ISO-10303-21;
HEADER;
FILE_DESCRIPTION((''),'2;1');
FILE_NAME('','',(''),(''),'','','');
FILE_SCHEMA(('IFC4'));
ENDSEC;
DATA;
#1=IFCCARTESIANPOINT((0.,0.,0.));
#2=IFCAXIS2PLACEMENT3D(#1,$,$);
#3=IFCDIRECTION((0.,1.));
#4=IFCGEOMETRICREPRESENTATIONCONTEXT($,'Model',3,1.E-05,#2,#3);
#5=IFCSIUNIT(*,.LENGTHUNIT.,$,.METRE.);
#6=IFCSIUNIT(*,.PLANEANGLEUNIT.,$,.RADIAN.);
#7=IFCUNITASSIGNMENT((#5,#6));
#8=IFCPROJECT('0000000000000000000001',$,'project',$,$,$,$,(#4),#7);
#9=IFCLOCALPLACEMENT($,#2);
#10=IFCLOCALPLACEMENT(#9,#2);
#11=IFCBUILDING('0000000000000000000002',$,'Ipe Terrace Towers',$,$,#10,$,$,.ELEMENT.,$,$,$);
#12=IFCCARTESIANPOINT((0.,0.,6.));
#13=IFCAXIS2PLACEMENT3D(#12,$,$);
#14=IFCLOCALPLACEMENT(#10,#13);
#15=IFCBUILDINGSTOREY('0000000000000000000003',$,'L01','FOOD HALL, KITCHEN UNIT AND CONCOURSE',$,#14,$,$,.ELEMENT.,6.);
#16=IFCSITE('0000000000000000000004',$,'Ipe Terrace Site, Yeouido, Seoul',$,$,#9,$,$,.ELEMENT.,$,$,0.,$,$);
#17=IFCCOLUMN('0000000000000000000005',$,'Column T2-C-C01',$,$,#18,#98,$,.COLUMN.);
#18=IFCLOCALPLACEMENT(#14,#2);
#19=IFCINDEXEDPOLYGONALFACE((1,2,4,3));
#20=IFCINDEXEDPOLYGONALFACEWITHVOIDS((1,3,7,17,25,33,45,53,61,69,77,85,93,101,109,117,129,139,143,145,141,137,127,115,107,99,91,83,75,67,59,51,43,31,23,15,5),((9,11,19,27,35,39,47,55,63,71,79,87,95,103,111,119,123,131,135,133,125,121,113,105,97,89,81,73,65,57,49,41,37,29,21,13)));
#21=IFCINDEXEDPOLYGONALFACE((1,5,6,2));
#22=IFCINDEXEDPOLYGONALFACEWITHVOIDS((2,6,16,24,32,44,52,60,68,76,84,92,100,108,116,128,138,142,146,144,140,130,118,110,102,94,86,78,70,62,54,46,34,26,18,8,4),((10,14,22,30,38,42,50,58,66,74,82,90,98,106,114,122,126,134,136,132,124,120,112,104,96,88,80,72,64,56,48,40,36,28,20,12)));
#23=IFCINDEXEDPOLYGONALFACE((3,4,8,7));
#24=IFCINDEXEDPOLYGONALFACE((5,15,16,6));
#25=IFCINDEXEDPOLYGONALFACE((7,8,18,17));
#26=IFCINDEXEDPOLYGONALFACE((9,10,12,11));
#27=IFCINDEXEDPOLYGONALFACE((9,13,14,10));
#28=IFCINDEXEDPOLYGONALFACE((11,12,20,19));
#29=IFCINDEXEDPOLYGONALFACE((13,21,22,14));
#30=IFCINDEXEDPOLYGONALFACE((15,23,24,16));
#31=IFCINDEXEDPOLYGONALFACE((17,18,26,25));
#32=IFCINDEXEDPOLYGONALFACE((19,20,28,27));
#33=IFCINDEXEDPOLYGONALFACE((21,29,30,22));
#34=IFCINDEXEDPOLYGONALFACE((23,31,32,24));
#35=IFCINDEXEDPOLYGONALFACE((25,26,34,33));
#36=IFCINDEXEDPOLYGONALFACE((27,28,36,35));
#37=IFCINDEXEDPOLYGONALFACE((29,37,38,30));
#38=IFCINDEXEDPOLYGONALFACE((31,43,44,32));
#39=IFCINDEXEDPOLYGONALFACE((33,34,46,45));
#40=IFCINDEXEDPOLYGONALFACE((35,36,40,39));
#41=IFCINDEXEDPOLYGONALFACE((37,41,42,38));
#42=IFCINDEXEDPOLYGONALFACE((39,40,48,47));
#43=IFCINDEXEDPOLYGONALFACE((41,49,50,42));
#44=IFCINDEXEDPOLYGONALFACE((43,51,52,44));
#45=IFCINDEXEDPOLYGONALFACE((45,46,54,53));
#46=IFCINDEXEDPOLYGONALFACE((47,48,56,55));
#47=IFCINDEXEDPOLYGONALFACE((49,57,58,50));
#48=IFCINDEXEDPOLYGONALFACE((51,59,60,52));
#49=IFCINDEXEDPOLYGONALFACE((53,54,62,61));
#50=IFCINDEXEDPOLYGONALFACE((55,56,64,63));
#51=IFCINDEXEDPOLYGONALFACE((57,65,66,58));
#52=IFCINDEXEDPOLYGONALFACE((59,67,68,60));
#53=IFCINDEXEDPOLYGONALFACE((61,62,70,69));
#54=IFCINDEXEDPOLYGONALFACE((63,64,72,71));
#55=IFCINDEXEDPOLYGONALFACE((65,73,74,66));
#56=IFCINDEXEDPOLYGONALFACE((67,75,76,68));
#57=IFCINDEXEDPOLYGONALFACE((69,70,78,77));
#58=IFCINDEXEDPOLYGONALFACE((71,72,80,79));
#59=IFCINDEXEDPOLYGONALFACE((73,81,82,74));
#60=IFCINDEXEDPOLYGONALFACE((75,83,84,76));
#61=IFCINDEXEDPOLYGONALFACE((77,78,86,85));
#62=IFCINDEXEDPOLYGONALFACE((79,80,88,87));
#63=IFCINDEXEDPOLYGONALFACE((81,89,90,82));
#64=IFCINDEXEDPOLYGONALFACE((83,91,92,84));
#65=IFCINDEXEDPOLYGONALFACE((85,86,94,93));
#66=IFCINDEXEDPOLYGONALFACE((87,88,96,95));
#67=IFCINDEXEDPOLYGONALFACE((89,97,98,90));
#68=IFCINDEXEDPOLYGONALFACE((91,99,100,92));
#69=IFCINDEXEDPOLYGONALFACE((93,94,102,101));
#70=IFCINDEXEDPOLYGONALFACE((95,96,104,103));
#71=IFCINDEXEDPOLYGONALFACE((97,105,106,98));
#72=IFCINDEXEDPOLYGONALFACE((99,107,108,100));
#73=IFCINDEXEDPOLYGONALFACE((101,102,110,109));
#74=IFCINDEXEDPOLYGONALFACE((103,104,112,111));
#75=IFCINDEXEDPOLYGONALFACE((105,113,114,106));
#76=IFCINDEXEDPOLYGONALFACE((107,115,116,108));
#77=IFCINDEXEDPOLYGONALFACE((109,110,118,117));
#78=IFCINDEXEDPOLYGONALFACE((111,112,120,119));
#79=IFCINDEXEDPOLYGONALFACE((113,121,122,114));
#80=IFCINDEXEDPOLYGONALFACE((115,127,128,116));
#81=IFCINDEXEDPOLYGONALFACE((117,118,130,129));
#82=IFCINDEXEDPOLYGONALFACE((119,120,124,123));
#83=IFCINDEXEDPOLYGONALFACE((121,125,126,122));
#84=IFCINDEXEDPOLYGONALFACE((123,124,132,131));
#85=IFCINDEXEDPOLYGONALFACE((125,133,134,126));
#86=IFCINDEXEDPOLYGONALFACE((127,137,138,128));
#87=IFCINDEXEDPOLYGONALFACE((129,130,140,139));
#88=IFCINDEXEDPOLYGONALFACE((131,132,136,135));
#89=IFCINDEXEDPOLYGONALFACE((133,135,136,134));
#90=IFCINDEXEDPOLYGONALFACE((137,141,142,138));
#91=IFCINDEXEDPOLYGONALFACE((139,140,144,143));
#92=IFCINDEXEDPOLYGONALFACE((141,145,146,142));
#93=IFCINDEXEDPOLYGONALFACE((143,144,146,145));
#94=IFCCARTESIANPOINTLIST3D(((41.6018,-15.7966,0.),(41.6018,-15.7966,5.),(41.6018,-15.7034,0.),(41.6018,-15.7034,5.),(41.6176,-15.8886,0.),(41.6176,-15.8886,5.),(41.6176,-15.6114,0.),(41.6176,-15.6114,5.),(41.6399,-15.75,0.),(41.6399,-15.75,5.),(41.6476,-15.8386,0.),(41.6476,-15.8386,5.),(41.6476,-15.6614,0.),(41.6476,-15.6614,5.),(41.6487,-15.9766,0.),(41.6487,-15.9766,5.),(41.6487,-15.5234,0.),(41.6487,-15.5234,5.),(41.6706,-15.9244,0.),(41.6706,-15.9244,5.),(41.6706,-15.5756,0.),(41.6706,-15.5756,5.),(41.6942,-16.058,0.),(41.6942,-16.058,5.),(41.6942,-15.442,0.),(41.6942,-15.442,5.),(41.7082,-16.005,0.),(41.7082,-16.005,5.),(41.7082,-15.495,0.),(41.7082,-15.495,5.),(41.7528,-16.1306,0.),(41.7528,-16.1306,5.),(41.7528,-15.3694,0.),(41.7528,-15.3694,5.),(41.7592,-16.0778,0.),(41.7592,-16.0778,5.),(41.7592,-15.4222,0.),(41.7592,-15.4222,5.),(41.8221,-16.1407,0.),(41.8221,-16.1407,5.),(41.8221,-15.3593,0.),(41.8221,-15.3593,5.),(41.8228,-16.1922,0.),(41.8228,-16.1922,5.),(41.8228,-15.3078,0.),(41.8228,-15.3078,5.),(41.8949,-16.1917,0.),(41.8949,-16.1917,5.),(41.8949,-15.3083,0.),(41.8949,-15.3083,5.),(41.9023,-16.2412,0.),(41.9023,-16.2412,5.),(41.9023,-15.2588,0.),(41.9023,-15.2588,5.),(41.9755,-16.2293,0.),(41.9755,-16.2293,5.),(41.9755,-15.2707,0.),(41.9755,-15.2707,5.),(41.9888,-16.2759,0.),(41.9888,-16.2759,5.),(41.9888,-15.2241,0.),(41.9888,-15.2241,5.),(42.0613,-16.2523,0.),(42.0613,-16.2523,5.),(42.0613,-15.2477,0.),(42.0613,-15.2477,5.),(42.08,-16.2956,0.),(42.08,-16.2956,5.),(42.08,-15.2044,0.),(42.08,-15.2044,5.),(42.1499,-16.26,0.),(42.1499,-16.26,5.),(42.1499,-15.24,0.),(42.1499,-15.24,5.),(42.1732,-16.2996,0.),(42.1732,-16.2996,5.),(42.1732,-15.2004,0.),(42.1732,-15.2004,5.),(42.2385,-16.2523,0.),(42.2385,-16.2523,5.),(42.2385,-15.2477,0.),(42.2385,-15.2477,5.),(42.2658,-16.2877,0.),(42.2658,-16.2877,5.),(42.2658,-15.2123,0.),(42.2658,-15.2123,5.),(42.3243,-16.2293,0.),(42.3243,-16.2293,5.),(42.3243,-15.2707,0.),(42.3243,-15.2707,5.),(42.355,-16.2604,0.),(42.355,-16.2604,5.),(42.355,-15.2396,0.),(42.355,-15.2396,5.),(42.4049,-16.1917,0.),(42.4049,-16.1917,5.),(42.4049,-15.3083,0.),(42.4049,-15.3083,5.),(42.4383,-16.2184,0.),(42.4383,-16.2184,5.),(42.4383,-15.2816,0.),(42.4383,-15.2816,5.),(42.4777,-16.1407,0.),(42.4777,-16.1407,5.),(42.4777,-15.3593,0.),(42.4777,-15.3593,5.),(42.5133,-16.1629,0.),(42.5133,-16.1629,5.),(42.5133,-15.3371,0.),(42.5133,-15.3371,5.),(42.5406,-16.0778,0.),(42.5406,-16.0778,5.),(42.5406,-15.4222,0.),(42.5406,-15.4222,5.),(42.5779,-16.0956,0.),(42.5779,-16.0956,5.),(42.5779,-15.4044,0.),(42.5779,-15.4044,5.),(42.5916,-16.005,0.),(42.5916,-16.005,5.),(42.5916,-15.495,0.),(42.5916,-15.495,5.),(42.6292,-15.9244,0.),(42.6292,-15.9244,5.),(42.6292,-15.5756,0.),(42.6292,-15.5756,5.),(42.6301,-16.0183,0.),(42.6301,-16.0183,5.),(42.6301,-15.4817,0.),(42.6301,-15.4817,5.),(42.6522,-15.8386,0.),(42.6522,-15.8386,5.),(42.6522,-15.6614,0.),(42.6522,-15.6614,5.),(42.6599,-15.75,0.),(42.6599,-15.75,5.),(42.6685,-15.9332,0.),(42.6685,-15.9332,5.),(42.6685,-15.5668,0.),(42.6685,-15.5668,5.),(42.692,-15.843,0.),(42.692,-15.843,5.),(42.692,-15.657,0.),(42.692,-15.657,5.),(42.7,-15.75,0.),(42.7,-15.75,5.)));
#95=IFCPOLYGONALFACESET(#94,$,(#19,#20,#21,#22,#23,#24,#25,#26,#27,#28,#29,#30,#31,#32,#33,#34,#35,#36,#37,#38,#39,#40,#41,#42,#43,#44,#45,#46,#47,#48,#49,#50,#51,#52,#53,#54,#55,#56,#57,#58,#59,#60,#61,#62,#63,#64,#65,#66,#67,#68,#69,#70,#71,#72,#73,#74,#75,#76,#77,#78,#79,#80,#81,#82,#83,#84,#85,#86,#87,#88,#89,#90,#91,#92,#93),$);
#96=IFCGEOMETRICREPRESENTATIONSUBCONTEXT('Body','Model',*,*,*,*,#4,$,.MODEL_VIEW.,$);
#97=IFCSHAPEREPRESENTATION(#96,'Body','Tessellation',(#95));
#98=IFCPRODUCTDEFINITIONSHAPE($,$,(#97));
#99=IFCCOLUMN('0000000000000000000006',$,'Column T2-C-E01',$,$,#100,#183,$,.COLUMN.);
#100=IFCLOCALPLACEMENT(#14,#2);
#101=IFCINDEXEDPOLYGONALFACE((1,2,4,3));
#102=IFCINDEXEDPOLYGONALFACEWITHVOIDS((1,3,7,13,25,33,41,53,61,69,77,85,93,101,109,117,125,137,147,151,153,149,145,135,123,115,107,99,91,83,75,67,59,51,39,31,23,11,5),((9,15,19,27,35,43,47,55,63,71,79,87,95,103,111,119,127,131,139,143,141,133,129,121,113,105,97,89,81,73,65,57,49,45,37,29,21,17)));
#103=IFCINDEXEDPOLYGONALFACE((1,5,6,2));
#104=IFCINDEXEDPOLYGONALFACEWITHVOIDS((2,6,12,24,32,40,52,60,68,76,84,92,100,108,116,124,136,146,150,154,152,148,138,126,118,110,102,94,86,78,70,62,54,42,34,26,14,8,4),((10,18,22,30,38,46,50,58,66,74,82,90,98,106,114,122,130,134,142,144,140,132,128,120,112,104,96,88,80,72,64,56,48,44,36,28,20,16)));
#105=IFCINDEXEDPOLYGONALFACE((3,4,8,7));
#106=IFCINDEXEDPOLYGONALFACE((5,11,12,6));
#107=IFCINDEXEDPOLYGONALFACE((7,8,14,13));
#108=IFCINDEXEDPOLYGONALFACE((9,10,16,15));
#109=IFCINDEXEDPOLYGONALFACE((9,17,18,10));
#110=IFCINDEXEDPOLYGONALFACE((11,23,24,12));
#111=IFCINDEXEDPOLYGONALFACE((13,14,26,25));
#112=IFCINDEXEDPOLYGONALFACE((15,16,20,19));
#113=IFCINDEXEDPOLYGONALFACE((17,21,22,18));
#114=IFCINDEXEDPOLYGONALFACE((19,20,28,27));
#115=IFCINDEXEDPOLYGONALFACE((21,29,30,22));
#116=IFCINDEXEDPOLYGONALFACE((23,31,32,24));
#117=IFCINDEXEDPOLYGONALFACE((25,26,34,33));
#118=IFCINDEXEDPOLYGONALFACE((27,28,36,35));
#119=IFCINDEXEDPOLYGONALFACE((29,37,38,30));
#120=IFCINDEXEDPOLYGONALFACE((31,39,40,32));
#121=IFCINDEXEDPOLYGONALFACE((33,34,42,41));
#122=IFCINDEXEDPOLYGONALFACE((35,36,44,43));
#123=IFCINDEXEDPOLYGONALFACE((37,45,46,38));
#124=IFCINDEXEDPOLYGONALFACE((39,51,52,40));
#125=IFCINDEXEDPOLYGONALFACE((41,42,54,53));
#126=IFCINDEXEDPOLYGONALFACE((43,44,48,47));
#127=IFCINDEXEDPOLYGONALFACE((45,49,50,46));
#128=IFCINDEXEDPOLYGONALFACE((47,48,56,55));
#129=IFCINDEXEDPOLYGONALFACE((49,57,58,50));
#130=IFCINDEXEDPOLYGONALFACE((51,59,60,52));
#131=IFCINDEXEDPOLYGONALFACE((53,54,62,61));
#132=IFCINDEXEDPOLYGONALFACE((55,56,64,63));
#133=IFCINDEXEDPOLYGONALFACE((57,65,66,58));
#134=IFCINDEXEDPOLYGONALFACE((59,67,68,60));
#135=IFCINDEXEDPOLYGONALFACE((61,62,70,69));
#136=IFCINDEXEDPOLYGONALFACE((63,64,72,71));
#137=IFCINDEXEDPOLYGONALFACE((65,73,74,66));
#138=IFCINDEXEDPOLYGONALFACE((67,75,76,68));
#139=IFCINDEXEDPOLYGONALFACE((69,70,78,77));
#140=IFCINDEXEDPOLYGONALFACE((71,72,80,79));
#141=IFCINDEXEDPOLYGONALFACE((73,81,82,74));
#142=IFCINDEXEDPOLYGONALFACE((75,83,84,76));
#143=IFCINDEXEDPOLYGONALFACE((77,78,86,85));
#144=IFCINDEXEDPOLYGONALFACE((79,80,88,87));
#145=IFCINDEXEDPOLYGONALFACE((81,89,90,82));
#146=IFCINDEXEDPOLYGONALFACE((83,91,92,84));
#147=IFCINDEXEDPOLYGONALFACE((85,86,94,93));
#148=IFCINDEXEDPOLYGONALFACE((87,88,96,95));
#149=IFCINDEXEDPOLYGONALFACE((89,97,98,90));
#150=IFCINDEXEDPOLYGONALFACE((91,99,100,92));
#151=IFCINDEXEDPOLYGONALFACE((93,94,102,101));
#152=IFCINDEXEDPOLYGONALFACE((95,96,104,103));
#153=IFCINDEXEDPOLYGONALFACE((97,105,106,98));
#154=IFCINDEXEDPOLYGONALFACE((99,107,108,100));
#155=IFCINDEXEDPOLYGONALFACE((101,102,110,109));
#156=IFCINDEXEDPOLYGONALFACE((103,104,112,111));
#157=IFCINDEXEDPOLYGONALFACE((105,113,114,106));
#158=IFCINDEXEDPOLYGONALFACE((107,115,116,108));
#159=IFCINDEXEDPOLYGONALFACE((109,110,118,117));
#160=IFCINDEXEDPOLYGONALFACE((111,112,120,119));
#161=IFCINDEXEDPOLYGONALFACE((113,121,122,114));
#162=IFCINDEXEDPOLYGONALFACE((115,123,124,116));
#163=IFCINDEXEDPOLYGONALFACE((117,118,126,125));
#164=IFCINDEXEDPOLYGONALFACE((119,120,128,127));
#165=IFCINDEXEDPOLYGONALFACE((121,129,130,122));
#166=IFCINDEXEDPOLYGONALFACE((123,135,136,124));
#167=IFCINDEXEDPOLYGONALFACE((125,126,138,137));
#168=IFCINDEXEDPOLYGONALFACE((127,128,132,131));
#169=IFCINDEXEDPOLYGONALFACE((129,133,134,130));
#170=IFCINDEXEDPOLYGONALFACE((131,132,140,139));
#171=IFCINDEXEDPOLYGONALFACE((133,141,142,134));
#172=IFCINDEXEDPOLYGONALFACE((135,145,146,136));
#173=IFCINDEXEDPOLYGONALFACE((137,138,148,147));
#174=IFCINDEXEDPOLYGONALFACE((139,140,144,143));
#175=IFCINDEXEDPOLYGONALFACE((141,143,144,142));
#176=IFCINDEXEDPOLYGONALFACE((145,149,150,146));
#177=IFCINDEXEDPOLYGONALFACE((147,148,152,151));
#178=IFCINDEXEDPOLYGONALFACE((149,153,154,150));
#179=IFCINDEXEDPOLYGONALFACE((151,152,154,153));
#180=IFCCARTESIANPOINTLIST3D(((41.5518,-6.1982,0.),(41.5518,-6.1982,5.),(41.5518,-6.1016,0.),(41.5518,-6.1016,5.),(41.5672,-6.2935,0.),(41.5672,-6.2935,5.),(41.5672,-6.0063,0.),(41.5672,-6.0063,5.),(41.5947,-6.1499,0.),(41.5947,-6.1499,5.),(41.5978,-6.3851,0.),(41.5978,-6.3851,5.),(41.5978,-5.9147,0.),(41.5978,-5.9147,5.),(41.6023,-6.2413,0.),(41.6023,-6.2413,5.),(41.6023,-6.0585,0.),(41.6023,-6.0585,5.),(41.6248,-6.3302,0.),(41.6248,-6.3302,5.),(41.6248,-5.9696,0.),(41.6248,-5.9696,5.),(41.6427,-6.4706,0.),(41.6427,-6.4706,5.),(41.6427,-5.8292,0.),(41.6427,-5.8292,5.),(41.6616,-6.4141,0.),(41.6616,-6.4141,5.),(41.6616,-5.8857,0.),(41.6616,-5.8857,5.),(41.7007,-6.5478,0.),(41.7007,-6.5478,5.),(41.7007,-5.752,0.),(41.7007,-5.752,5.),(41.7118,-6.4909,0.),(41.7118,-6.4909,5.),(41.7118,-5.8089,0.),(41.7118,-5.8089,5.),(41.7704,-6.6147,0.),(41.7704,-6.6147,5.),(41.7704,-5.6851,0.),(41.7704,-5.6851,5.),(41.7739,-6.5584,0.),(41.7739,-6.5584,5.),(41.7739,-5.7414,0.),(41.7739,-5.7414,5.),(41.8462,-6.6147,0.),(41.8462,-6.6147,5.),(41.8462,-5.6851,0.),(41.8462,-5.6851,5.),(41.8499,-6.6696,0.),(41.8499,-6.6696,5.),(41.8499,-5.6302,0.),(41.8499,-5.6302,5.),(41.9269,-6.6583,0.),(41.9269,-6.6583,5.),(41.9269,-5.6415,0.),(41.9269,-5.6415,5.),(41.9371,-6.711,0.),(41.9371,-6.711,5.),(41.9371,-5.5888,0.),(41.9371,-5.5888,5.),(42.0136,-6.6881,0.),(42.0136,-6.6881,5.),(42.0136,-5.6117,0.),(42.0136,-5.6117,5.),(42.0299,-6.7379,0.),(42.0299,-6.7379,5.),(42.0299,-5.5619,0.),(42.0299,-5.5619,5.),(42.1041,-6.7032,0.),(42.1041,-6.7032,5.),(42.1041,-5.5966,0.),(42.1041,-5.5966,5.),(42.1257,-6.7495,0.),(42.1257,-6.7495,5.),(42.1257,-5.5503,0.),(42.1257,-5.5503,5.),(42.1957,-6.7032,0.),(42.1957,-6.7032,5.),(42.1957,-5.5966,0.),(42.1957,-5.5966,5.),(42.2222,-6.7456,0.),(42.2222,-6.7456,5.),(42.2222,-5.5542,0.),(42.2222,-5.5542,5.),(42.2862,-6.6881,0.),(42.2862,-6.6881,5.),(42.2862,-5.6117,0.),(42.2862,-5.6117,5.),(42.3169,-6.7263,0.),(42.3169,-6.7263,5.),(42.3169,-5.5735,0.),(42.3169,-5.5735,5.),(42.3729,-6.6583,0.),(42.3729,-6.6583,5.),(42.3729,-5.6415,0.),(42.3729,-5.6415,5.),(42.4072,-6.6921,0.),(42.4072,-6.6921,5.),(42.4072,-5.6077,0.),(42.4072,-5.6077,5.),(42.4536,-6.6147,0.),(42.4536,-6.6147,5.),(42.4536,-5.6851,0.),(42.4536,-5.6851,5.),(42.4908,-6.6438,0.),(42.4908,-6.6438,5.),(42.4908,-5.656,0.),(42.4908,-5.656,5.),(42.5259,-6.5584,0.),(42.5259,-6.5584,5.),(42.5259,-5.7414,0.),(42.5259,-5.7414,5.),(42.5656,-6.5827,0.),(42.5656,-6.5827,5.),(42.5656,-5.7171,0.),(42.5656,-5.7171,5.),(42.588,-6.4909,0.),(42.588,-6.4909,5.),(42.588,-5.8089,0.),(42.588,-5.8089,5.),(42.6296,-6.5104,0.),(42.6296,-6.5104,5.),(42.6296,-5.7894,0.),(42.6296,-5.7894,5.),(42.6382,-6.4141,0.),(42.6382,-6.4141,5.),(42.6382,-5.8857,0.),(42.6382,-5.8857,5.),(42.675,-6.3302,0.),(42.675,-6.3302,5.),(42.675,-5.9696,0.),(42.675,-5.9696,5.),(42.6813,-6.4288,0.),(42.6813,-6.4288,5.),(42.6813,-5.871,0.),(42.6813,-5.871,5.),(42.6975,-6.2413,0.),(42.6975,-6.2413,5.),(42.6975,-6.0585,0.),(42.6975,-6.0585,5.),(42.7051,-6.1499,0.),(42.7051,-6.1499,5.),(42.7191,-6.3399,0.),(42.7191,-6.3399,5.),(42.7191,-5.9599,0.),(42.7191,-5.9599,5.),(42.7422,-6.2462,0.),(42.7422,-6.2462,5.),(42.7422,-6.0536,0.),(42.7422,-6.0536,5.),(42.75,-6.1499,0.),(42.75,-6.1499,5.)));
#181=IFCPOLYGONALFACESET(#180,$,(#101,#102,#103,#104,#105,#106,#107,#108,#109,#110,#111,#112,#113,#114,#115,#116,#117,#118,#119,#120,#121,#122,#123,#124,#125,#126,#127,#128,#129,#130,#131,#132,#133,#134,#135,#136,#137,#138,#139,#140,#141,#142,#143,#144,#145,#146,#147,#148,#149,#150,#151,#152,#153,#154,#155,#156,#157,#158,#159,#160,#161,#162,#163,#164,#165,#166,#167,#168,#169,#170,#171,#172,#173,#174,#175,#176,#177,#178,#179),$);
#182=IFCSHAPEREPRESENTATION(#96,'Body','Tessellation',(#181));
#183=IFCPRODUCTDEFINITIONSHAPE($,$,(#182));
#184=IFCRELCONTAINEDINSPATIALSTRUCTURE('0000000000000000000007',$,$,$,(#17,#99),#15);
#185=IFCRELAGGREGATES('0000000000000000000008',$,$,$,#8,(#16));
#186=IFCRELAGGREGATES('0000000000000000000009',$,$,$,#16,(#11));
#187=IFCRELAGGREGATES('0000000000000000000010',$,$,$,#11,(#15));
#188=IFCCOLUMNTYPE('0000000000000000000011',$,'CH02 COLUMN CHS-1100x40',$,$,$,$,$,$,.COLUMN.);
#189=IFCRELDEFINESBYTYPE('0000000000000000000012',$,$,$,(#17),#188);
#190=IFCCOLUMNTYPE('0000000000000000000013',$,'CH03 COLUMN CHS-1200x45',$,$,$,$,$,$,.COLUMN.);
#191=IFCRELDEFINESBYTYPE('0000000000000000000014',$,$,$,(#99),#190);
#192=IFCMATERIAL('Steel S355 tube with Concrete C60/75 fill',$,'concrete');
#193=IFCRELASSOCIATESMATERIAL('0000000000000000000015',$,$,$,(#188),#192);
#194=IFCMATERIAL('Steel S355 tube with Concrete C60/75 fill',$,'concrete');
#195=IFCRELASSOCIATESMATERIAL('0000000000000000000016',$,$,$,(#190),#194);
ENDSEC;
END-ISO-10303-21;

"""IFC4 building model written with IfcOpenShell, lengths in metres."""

from ifc_helpers import new_model, si_unit, direction, frame, origin, origin_2d, place, context, subcontext, project, spatial, hollow_circle, extrude, material, material_profile, profile_set, type_object, element, save


model = new_model("IFC4")

# Units and contexts
model_context = context("Model", 3, precision=1e-05, world=origin(), true_north=direction((0.0, 1.0)))
body_context = subcontext(model_context, "Body", "Model", "MODEL_VIEW")
ifc_project = project(units=[si_unit("LENGTHUNIT", "METRE"), si_unit("PLANEANGLEUNIT", "RADIAN")], contexts=[model_context])

# Site, building, storey
site_placement = place(None, origin())
site = spatial("IfcSite", under=ifc_project, at=site_placement, Name="Ipe Terrace Site, Yeouido, Seoul", CompositionType="ELEMENT", RefElevation=0.0)
building_placement = place(site_placement, origin())
building = spatial("IfcBuilding", under=site, at=building_placement, Name="Ipe Terrace Towers", CompositionType="ELEMENT")
storey_placement = place(building_placement, frame((0.0, 0.0, 6.0)))
storey = spatial("IfcBuildingStorey", under=building, at=storey_placement, Name="L01", Description="FOOD HALL, KITCHEN UNIT AND CONCOURSE", CompositionType="ELEMENT", Elevation=6.0)

# Columns
ifc_material_1 = material(Name="Steel S355 tube with Concrete C60/75 fill", Category="concrete")
ifc_material_profile_1 = material_profile(ifc_material_1, hollow_circle(Radius=0.55, WallThickness=0.04, at=origin_2d()), Name="CHS-1100x40")
ifc_profile_set_1 = profile_set([ifc_material_profile_1], Name="Steel S355 tube with Concrete C60/75 fill")
column_type_1 = type_object("IfcColumnType", Name="CH02 COLUMN CHS-1100x40", PredefinedType="COLUMN", material=ifc_profile_set_1)
column_1_placement = place(storey_placement, frame((42.1499, -15.75, 0.0), z_axis=(0.0, 0.0, 1.0), x_axis=(1.0, 0.0, 0.0)))
element("IfcColumn", 1, at=column_1_placement, inside=storey, type_object=column_type_1, Name="Column T2-C-C01", PredefinedType="COLUMN", context=body_context, shape_type="SweptSolid", body=[
    extrude(hollow_circle(Radius=0.55, WallThickness=0.04, at=origin_2d()), origin(), (0.0, 0.0, 1.0), 5.0),
])
ifc_material_2 = material(Name="Steel S355 tube with Concrete C60/75 fill", Category="concrete")
ifc_material_profile_2 = material_profile(ifc_material_2, hollow_circle(Radius=0.6001, WallThickness=0.0449, at=origin_2d()), Name="CHS-1200x45")
ifc_profile_set_2 = profile_set([ifc_material_profile_2], Name="Steel S355 tube with Concrete C60/75 fill")
column_type_2 = type_object("IfcColumnType", Name="CH03 COLUMN CHS-1200x45", PredefinedType="COLUMN", material=ifc_profile_set_2)
column_2_placement = place(storey_placement, frame((42.1499, -6.1499, 0.0), z_axis=(0.0, 0.0, 1.0), x_axis=(1.0, 0.0, 0.0)))
element("IfcColumn", 2, at=column_2_placement, inside=storey, type_object=column_type_2, Name="Column T2-C-E01", PredefinedType="COLUMN", context=body_context, shape_type="SweptSolid", body=[
    extrude(hollow_circle(Radius=0.6001, WallThickness=0.0449, at=origin_2d()), origin(), (0.0, 0.0, 1.0), 5.0),
])

save(model, "model.ifc")
